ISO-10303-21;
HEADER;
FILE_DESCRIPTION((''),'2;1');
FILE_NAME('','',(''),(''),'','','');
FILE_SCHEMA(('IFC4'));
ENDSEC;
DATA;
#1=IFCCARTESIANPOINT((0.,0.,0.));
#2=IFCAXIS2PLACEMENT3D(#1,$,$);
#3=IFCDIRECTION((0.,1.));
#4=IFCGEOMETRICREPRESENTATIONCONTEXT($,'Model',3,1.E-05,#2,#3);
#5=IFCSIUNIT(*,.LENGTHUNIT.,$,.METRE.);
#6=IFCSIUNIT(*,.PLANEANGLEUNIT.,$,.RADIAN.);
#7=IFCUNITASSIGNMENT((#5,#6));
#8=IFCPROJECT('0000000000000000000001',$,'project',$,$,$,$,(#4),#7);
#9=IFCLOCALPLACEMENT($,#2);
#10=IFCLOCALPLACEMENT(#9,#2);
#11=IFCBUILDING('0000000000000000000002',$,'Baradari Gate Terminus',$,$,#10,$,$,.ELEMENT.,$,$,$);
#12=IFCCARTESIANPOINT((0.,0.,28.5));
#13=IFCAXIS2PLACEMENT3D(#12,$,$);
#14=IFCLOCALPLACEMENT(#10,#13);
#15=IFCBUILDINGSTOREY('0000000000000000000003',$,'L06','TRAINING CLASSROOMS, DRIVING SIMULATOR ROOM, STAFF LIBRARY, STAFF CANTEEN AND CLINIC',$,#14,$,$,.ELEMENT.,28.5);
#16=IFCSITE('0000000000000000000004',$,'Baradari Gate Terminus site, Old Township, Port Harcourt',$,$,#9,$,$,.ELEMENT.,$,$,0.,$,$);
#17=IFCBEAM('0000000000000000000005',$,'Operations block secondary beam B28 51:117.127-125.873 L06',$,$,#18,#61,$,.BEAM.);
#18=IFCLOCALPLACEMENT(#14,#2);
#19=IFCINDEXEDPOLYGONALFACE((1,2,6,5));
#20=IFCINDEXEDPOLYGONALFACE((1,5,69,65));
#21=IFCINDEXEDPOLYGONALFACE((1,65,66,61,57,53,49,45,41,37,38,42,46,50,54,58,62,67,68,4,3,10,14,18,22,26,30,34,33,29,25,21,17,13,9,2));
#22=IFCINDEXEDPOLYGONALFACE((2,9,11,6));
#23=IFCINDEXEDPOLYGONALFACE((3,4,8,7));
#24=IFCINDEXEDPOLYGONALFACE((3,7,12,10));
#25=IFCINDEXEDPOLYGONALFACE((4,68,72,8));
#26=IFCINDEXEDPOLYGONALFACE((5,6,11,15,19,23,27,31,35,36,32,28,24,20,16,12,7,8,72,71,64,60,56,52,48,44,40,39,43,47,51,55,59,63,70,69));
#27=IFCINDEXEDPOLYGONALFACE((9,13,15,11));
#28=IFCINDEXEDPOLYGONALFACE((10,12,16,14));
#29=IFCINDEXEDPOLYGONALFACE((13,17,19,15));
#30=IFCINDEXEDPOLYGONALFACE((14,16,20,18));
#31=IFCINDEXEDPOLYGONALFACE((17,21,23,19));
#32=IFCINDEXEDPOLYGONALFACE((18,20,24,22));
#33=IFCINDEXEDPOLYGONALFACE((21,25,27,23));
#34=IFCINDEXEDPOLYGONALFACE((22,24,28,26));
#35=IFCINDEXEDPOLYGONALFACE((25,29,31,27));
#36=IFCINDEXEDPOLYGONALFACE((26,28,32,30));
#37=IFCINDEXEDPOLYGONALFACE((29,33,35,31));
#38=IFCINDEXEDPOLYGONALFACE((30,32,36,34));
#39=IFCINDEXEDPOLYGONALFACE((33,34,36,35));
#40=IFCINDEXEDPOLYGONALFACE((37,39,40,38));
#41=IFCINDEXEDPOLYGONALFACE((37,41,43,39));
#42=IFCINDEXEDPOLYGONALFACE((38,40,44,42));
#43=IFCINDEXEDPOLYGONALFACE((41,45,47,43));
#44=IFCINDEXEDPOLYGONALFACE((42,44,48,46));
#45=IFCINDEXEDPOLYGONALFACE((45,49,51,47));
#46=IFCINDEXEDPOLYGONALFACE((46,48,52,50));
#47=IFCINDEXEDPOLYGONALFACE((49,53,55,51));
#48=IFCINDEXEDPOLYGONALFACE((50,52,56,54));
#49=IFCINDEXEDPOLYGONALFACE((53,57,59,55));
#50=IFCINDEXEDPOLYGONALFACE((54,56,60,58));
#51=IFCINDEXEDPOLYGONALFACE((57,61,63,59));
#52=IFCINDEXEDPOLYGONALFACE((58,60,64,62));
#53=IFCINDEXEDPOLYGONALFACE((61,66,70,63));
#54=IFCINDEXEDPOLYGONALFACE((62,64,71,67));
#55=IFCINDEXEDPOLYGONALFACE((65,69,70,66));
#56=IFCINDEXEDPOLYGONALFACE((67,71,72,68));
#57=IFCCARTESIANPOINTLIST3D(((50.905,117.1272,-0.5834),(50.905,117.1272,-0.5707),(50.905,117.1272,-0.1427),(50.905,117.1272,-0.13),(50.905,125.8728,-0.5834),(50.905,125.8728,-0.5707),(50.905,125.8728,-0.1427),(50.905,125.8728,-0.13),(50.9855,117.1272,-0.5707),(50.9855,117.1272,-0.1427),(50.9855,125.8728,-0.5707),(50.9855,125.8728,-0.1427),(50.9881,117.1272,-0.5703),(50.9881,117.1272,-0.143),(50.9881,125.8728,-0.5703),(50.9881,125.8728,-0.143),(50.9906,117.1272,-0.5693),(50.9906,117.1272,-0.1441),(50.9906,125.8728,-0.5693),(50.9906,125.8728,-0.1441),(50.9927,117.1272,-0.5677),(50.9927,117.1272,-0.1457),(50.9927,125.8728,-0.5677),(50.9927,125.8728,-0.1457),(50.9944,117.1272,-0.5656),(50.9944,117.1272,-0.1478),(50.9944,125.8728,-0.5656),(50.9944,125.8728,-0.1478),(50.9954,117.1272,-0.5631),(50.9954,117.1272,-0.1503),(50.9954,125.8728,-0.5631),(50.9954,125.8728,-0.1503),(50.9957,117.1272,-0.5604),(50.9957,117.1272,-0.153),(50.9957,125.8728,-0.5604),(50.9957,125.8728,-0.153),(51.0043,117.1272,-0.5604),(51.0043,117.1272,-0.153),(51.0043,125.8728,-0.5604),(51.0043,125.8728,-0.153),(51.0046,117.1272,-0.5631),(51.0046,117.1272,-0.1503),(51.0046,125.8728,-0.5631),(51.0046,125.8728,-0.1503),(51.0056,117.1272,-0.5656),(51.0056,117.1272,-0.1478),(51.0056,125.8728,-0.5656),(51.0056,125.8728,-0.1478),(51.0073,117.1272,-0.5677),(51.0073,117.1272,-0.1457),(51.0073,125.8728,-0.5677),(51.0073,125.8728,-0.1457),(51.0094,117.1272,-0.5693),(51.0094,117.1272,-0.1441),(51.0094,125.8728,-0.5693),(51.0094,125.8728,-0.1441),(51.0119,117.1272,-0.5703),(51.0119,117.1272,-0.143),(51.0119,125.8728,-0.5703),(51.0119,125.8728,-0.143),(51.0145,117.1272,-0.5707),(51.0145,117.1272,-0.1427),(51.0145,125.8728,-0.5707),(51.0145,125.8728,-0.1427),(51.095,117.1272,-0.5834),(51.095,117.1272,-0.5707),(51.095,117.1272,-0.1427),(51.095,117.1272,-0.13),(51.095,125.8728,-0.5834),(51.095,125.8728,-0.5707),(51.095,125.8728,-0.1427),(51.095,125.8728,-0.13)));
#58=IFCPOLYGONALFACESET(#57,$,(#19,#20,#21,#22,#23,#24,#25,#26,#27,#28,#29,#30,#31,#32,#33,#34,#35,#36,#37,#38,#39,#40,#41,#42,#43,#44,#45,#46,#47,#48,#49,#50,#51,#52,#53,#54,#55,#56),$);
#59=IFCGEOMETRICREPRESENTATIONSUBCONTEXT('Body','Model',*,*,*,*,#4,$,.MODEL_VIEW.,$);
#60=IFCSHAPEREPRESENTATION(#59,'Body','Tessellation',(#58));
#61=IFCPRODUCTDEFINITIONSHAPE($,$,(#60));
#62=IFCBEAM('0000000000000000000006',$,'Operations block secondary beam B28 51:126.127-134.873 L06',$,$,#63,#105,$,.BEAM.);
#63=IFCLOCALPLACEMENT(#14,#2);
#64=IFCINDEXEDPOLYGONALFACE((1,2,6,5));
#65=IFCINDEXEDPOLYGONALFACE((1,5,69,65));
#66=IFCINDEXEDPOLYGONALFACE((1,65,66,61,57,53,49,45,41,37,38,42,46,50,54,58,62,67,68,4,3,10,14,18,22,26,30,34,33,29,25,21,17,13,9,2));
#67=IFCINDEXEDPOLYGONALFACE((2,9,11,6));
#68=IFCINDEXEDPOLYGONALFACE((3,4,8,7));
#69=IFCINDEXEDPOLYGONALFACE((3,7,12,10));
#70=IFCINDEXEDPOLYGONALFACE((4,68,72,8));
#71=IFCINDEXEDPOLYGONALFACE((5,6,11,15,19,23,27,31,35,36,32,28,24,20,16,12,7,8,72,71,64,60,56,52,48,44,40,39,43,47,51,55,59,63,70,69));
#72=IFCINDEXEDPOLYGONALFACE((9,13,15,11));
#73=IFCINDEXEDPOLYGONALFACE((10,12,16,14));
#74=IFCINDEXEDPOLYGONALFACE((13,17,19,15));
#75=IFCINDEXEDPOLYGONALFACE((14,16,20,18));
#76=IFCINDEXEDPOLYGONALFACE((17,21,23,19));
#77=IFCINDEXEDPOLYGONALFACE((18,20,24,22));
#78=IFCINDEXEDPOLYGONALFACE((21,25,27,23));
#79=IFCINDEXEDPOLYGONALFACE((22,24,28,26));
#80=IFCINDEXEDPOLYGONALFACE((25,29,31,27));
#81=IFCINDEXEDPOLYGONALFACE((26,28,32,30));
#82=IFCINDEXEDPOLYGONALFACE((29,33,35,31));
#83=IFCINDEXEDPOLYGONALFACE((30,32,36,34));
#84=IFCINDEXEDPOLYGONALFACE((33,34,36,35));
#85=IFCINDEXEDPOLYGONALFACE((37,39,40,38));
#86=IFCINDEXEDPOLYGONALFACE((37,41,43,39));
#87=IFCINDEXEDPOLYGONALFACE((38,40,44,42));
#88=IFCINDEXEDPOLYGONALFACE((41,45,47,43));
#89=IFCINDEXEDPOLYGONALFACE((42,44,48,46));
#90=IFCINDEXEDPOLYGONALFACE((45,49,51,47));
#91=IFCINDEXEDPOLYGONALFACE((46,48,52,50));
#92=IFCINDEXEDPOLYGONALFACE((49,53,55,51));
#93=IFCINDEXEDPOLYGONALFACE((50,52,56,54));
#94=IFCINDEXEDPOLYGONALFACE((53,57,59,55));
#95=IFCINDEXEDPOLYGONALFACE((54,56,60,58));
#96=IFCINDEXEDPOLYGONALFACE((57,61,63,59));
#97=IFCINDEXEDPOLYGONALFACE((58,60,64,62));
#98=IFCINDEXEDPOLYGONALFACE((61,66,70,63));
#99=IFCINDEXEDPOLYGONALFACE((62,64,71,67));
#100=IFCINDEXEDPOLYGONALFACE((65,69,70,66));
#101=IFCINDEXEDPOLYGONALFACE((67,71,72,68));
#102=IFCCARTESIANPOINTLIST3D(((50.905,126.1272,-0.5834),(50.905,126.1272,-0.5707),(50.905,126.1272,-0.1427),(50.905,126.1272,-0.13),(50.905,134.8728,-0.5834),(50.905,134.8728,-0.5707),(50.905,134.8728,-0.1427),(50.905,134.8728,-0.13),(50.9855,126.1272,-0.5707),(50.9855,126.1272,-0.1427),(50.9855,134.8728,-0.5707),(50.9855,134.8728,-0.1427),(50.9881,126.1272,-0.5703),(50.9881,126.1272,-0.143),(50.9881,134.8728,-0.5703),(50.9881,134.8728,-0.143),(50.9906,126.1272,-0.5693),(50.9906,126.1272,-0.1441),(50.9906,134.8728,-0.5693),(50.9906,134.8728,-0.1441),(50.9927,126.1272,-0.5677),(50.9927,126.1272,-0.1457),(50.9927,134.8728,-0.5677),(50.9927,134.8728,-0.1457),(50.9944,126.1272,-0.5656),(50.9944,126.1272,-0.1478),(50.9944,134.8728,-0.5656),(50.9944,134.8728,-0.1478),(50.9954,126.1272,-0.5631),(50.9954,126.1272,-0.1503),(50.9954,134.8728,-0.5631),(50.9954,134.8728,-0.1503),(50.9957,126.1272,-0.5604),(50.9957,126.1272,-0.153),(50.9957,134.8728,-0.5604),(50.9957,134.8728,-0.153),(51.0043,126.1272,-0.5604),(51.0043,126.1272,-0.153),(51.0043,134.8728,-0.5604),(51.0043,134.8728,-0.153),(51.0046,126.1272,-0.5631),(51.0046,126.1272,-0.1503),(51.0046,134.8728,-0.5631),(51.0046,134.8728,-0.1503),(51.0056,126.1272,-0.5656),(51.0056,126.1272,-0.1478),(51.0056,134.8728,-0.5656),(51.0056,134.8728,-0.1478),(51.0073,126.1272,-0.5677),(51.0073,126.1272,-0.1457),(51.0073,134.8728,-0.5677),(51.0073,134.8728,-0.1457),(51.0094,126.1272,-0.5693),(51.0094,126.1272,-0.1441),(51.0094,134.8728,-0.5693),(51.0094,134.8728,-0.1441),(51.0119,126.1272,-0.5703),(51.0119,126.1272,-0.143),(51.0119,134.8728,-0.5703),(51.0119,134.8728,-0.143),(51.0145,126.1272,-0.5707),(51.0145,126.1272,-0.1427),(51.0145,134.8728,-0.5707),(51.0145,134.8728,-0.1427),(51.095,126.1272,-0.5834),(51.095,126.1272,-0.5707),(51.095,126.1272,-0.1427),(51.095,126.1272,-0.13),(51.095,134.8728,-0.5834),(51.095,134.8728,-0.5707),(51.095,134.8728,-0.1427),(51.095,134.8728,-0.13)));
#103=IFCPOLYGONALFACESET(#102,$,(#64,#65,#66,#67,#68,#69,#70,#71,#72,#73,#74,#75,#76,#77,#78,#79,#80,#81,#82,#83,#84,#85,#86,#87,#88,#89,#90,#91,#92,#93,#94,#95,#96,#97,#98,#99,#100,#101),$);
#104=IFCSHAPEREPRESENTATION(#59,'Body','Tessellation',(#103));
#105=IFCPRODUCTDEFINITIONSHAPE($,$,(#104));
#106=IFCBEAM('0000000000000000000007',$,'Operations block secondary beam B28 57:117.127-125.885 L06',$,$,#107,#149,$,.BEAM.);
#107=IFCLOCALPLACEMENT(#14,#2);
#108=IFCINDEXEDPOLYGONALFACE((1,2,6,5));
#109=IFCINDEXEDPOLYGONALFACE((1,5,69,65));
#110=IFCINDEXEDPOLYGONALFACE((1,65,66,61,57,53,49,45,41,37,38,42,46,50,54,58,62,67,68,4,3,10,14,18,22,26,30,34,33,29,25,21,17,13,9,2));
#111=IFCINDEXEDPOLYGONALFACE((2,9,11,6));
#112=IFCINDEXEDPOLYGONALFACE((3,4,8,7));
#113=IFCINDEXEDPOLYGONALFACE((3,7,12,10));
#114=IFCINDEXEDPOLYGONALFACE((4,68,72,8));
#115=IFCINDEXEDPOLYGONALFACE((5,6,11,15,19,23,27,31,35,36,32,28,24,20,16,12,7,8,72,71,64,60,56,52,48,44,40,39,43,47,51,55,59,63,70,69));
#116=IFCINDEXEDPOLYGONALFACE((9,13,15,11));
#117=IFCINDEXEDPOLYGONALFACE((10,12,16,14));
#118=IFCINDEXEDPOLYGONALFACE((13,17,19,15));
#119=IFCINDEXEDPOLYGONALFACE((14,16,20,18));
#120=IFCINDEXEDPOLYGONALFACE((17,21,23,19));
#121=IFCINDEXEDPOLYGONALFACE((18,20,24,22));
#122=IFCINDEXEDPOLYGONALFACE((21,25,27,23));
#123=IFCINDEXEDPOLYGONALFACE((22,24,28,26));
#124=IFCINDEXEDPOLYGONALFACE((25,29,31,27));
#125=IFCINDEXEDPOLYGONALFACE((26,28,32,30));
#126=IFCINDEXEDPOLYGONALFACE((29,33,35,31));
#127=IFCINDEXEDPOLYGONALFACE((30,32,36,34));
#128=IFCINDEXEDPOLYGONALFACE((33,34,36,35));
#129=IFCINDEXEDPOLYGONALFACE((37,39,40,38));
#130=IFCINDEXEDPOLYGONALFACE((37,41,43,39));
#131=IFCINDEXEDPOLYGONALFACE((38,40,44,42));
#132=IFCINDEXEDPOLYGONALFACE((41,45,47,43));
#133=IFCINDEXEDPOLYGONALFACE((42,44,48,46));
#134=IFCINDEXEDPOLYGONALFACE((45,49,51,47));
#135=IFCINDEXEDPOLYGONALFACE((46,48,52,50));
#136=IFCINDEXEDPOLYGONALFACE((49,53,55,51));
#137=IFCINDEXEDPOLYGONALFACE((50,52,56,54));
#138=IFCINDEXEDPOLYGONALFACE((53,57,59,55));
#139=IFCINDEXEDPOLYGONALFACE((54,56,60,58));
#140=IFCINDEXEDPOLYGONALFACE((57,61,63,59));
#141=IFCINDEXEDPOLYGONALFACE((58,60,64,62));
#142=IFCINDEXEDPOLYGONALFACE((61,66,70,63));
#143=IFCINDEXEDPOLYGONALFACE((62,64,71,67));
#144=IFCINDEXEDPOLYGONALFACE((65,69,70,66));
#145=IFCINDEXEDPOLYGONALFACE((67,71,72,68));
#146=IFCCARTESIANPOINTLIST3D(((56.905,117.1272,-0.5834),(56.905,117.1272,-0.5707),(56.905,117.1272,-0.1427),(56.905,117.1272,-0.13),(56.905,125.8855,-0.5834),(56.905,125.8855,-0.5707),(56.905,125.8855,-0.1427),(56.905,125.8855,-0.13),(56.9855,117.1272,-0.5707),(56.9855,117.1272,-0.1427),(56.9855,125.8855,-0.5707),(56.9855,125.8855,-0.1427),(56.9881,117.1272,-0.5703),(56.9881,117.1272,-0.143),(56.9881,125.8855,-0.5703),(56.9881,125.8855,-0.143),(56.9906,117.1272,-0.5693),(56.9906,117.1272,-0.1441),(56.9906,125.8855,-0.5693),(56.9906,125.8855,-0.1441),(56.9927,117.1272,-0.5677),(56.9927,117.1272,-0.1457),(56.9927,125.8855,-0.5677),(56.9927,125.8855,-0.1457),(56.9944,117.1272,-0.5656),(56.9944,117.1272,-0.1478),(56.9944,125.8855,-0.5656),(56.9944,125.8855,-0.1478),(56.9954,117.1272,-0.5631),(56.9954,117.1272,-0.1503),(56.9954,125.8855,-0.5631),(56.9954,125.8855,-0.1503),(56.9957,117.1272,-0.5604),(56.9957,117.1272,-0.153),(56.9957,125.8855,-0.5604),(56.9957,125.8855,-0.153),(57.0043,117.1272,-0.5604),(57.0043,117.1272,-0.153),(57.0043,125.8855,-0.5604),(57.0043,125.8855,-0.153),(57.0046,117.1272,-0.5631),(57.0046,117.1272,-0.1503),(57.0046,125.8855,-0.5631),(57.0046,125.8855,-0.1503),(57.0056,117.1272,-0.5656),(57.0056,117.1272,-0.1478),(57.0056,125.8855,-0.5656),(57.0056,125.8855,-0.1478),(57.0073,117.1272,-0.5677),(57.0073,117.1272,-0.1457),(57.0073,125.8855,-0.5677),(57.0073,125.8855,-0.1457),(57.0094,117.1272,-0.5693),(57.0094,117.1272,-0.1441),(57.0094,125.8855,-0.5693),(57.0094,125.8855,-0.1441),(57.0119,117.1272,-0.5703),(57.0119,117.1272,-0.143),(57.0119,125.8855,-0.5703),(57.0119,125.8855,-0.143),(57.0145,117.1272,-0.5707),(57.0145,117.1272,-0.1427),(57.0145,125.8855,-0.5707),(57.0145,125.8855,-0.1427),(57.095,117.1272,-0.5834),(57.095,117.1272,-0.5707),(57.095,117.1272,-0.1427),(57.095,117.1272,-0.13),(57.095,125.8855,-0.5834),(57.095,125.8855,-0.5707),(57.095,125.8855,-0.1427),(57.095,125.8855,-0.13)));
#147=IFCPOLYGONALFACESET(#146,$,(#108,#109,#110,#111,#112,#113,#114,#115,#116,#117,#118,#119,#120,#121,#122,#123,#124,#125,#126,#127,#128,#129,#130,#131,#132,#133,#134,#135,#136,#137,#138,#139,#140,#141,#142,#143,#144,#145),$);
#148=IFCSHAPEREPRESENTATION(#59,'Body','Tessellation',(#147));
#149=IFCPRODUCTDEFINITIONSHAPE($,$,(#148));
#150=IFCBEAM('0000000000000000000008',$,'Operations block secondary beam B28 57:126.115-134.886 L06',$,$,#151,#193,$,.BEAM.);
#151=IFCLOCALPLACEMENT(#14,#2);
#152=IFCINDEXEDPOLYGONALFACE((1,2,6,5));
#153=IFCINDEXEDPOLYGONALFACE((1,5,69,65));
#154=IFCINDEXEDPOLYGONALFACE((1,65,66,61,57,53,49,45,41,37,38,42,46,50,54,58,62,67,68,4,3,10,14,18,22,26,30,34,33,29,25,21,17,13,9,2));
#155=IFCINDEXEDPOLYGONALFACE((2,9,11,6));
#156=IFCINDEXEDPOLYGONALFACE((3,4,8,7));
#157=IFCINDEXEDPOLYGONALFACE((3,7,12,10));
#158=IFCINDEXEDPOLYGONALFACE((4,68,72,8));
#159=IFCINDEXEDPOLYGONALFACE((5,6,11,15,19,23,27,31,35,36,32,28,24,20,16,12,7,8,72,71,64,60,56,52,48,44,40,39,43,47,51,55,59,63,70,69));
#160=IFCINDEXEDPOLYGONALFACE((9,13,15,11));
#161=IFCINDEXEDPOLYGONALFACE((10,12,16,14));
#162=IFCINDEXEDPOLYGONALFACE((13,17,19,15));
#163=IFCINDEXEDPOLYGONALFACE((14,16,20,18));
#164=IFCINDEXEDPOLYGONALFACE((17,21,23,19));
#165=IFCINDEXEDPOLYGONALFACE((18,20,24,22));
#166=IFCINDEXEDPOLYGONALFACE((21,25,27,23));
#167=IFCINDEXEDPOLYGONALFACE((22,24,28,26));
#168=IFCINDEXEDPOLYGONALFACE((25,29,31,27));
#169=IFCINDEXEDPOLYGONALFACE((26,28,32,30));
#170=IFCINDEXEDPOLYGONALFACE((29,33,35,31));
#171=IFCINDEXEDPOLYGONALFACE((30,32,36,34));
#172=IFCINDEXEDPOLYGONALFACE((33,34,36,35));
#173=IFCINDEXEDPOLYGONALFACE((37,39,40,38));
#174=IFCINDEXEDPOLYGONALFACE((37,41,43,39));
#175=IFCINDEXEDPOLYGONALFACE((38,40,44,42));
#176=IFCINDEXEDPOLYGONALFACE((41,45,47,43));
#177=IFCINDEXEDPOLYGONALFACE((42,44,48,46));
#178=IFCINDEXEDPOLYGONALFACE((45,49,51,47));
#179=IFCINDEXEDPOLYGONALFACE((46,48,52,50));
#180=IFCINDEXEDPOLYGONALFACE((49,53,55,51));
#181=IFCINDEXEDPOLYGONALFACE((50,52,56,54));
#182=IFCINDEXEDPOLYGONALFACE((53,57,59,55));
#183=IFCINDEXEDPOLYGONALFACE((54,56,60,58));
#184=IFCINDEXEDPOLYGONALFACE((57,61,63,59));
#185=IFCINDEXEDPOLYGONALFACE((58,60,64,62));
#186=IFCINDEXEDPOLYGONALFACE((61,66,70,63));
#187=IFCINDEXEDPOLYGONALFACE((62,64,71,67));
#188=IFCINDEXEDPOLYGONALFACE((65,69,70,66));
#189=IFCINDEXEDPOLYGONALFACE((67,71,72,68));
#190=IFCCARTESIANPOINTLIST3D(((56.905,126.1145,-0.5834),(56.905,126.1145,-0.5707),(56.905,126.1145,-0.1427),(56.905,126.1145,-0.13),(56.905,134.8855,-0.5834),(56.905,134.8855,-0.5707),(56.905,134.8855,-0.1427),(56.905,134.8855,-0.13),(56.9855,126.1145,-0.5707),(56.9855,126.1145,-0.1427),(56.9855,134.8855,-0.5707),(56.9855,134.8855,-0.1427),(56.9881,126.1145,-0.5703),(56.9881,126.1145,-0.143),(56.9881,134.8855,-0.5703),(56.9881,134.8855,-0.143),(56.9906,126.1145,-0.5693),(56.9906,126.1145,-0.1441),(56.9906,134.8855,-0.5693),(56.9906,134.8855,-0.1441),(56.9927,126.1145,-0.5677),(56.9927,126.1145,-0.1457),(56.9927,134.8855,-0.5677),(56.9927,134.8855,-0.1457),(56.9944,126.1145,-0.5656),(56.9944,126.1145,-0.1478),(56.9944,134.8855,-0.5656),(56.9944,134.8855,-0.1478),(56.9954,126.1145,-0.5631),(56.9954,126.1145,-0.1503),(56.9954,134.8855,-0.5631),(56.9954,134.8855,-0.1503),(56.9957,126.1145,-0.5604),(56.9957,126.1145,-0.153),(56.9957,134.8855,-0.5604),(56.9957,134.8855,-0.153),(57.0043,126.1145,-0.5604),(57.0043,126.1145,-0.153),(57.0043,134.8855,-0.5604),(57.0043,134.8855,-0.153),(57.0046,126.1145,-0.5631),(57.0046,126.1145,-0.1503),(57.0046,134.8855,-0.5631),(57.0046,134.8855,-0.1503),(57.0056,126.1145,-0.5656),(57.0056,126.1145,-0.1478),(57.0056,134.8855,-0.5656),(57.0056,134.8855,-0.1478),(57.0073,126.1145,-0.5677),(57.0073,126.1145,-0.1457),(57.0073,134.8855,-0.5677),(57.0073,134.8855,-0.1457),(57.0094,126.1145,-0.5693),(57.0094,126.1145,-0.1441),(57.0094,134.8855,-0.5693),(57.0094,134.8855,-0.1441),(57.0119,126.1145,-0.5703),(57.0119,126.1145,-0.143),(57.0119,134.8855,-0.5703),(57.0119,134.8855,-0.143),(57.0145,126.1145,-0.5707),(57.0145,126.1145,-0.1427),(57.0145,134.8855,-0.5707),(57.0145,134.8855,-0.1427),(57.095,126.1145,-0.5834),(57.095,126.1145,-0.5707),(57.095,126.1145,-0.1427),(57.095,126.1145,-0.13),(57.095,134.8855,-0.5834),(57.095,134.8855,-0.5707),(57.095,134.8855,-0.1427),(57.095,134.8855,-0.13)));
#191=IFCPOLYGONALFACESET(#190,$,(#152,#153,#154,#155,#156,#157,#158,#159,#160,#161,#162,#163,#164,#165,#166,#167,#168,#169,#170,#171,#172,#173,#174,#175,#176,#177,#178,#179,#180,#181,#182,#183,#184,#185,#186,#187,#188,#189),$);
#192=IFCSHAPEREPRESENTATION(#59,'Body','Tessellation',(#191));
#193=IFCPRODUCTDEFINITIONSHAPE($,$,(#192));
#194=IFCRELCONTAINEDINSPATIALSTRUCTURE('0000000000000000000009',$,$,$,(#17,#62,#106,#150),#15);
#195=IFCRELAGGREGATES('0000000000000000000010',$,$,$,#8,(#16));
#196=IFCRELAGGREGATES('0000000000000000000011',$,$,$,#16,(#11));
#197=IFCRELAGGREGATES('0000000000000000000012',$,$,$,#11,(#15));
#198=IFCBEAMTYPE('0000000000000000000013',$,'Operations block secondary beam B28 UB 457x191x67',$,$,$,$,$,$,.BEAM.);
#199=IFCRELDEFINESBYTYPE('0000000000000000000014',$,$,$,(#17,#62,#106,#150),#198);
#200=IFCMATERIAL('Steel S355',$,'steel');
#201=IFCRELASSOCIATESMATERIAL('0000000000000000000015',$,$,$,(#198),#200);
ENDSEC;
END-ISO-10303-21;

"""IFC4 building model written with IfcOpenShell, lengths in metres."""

from ifc_helpers import new_model, si_unit, direction, frame, origin, origin_2d, place, context, subcontext, project, spatial, i_section, extrude, material, material_profile, profile_set, type_object, element, save


model = new_model("IFC4")

# Units and contexts
model_context = context("Model", 3, precision=1e-05, world=origin(), true_north=direction((0.0, 1.0)))
body_context = subcontext(model_context, "Body", "Model", "MODEL_VIEW")
ifc_project = project(units=[si_unit("LENGTHUNIT", "METRE"), si_unit("PLANEANGLEUNIT", "RADIAN")], contexts=[model_context])

# Site, building, storey
site_placement = place(None, origin())
site = spatial("IfcSite", under=ifc_project, at=site_placement, Name="Baradari Gate Terminus site, Old Township, Port Harcourt", CompositionType="ELEMENT", RefElevation=0.0)
building_placement = place(site_placement, origin())
building = spatial("IfcBuilding", under=site, at=building_placement, Name="Baradari Gate Terminus", CompositionType="ELEMENT")
storey_placement = place(building_placement, frame((0.0, 0.0, 28.5)))
storey = spatial("IfcBuildingStorey", under=building, at=storey_placement, Name="L06", Description="TRAINING CLASSROOMS, DRIVING SIMULATOR ROOM, STAFF LIBRARY, STAFF CANTEEN AND CLINIC", CompositionType="ELEMENT", Elevation=28.5)

# Beams
ifc_material_1 = material(Name="Steel S355", Category="steel")
ifc_material_profile_1 = material_profile(ifc_material_1, i_section(OverallWidth=0.1899, OverallDepth=0.4534, WebThickness=0.0085, FlangeThickness=0.0127, FilletRadius=0.0103, at=origin_2d()), Name="UB 457x191x67")
ifc_profile_set_1 = profile_set([ifc_material_profile_1], Name="Steel S355")
beam_type_1 = type_object("IfcBeamType", Name="Operations block secondary beam B28 UB 457x191x67", PredefinedType="BEAM", material=ifc_profile_set_1)
for number, where, z_axis, x_axis, name in (
    (1, (51.0, 117.1272, -0.3567), (0.0, 1.0, 0.0), (-1.0, 0.0, 0.0), "Operations block secondary beam B28 51:117.127-125.873 L06"),
    (2, (51.0, 126.1272, -0.3567), (0.0, 1.0, 0.0), (-1.0, 0.0, 0.0), "Operations block secondary beam B28 51:126.127-134.873 L06"),
):
    element("IfcBeam", number, at=place(storey_placement, frame(where, z_axis=z_axis, x_axis=x_axis)), inside=storey, type_object=beam_type_1, Name=name, PredefinedType="BEAM", context=body_context, shape_type="SweptSolid", body=[
        extrude(i_section(OverallWidth=0.1899, OverallDepth=0.4534, WebThickness=0.0085, FlangeThickness=0.0127, FilletRadius=0.0103, at=origin_2d()), origin(), (0.0, 0.0, 1.0), 8.7456),
    ])
beam_1_placement = place(storey_placement, frame((57.0, 117.1272, -0.3567), z_axis=(0.0, 1.0, 0.0), x_axis=(-1.0, 0.0, 0.0)))
element("IfcBeam", 3, at=beam_1_placement, inside=storey, type_object=beam_type_1, Name="Operations block secondary beam B28 57:117.127-125.885 L06", PredefinedType="BEAM", context=body_context, shape_type="SweptSolid", body=[
    extrude(i_section(OverallWidth=0.1899, OverallDepth=0.4534, WebThickness=0.0085, FlangeThickness=0.0127, FilletRadius=0.0103, at=origin_2d()), origin(), (0.0, 0.0, 1.0), 8.7583),
])
beam_2_placement = place(storey_placement, frame((57.0, 126.1145, -0.3567), z_axis=(0.0, 1.0, 0.0), x_axis=(-1.0, 0.0, 0.0)))
element("IfcBeam", 4, at=beam_2_placement, inside=storey, type_object=beam_type_1, Name="Operations block secondary beam B28 57:126.115-134.886 L06", PredefinedType="BEAM", context=body_context, shape_type="SweptSolid", body=[
    extrude(i_section(OverallWidth=0.1899, OverallDepth=0.4534, WebThickness=0.0085, FlangeThickness=0.0127, FilletRadius=0.0103, at=origin_2d()), origin(), (0.0, 0.0, 1.0), 8.771),
])

save(model, "model.ifc")
